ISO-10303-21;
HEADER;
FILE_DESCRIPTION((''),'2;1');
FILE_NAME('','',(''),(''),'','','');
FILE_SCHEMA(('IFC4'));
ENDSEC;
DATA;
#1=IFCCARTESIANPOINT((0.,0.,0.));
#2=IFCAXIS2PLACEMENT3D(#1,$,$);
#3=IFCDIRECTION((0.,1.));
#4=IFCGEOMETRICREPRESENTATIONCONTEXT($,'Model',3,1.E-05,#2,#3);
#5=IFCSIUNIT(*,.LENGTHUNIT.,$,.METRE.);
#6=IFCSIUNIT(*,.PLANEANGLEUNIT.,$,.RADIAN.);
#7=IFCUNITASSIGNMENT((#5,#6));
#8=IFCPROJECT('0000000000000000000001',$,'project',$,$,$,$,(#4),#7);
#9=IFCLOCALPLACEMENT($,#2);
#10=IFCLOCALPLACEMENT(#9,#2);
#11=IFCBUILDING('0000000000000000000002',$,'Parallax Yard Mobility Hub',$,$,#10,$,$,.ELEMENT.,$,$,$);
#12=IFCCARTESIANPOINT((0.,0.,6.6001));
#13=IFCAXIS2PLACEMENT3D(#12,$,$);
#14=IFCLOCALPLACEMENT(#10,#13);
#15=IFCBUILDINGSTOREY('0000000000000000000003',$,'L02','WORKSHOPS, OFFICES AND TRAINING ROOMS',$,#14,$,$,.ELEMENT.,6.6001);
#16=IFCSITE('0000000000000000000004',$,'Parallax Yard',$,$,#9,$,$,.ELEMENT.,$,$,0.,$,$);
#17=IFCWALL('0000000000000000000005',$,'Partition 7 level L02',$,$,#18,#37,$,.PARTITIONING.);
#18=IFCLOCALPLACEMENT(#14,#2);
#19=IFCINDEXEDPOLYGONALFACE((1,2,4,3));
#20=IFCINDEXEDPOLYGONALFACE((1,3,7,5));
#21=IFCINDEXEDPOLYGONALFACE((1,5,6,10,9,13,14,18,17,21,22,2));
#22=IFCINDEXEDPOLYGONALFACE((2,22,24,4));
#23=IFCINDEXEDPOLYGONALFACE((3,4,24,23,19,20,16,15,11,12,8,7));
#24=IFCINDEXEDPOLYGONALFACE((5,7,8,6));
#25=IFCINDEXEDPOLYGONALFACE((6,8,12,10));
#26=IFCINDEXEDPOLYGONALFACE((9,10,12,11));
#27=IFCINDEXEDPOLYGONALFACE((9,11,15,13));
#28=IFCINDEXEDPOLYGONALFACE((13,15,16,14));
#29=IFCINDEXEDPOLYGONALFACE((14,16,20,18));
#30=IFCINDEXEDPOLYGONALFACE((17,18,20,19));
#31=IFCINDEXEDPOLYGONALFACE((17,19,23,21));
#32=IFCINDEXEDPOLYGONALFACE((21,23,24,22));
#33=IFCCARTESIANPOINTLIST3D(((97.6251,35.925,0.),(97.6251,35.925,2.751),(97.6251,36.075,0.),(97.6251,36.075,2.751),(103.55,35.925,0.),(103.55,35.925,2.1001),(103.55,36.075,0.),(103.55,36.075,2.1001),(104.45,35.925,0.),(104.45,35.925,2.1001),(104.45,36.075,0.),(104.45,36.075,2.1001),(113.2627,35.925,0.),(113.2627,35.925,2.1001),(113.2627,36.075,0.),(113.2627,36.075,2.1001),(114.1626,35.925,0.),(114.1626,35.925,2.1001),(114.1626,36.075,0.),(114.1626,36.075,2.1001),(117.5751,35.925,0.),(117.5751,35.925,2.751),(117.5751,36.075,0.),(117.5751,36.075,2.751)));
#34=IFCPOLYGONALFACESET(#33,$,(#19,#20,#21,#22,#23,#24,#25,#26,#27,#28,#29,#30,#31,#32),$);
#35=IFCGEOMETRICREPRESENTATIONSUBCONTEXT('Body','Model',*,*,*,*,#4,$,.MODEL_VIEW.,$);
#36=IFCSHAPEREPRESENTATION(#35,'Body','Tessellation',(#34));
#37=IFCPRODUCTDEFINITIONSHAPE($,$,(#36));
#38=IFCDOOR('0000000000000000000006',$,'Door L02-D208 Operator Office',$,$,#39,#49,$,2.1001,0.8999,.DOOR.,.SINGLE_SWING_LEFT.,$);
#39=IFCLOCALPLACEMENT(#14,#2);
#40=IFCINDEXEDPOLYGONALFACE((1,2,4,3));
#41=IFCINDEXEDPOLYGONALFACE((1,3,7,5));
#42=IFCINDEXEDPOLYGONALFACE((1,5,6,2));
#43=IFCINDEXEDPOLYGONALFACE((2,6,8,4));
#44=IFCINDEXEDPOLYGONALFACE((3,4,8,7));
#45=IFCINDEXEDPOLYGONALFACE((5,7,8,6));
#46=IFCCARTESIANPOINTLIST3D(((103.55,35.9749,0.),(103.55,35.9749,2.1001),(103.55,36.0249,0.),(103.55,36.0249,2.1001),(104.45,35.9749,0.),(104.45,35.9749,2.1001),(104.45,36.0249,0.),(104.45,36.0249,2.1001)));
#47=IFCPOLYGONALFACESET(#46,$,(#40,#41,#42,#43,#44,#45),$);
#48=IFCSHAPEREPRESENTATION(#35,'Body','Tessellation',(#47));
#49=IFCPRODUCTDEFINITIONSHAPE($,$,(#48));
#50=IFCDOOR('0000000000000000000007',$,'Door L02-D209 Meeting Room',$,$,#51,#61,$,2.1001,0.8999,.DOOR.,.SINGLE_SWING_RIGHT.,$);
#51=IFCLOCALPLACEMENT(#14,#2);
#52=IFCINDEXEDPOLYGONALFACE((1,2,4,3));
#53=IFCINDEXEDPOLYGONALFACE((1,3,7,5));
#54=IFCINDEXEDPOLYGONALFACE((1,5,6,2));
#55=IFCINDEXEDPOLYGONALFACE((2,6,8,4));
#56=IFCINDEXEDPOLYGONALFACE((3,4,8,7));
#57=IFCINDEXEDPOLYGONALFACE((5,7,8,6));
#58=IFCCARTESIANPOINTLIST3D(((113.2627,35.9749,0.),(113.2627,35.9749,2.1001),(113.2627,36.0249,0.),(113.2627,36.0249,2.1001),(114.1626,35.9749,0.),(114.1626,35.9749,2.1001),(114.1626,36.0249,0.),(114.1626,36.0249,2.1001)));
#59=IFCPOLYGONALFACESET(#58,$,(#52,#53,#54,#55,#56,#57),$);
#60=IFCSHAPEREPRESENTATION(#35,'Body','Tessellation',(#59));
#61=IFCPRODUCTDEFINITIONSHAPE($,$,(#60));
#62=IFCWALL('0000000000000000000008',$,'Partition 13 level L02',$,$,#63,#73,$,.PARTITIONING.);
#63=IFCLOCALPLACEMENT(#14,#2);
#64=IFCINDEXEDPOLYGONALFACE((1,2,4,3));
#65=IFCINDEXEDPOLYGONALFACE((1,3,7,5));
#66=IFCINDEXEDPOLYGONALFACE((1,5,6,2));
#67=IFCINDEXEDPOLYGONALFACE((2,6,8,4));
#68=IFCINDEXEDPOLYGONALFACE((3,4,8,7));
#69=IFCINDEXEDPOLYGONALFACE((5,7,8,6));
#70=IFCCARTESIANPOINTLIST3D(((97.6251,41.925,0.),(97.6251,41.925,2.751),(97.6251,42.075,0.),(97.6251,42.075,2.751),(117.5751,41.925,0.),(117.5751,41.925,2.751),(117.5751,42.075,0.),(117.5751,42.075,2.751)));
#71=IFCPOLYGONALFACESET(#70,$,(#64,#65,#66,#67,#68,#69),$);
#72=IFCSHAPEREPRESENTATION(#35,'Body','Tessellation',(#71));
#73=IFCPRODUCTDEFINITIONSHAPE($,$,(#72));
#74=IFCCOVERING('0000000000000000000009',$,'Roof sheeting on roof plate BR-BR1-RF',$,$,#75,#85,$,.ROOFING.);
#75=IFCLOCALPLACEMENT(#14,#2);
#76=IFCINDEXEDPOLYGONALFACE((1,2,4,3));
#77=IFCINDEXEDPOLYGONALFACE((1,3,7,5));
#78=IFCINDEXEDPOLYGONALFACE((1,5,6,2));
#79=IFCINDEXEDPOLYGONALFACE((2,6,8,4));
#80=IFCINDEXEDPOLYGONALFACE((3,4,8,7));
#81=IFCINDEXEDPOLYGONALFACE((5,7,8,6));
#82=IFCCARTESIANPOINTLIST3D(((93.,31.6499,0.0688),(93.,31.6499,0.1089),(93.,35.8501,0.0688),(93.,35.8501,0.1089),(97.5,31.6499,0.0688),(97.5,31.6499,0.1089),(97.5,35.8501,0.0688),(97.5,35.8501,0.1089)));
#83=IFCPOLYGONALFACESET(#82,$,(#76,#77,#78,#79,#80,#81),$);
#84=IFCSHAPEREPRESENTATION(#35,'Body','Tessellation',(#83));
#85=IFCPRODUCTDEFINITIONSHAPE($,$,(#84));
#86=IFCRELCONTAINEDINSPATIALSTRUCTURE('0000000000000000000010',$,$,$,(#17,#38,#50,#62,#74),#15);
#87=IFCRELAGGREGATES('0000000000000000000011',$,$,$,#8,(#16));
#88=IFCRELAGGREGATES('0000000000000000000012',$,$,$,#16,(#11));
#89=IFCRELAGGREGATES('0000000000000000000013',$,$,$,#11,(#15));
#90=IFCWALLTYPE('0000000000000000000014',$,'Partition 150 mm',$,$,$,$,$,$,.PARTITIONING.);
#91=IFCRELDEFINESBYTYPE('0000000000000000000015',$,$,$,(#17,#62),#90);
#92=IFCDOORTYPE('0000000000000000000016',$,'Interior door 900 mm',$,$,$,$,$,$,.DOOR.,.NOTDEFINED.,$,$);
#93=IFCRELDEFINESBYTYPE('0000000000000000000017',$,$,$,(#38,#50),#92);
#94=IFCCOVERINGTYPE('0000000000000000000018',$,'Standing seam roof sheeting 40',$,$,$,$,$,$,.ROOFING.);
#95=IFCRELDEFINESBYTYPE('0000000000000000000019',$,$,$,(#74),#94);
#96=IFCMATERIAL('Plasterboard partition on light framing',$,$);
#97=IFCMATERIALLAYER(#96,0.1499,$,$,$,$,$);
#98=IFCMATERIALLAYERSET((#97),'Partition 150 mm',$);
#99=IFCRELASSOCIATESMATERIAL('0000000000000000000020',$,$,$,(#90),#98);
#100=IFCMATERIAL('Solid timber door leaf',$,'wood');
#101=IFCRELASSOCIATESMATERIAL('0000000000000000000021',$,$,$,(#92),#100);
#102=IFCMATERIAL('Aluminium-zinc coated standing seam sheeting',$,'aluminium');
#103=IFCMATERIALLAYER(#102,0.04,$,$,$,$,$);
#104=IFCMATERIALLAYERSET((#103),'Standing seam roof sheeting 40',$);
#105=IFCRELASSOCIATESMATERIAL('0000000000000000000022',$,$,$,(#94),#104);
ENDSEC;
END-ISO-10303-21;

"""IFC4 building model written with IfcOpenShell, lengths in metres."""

from ifc_helpers import new_model, si_unit, direction, frame, frame_2d, origin, place, context, subcontext, project, spatial, polyline, rectangle, outline, extrude, material, layer, layer_set, type_object, element, fill, save


model = new_model("IFC4")

# Units and contexts
model_context = context("Model", 3, precision=1e-05, world=origin(), true_north=direction((0.0, 1.0)))
body_context = subcontext(model_context, "Body", "Model", "MODEL_VIEW")
ifc_project = project(units=[si_unit("LENGTHUNIT", "METRE"), si_unit("PLANEANGLEUNIT", "RADIAN")], contexts=[model_context])

# Site, building, storey
site_placement = place(None, origin())
site = spatial("IfcSite", under=ifc_project, at=site_placement, Name="Parallax Yard", CompositionType="ELEMENT", RefElevation=0.0)
building_placement = place(site_placement, origin())
building = spatial("IfcBuilding", under=site, at=building_placement, Name="Parallax Yard Mobility Hub", CompositionType="ELEMENT")
storey_placement = place(building_placement, frame((0.0, 0.0, 6.6001)))
storey = spatial("IfcBuildingStorey", under=building, at=storey_placement, Name="L02", Description="WORKSHOPS, OFFICES AND TRAINING ROOMS", CompositionType="ELEMENT", Elevation=6.6001)

# Shared definitions
ifc_material_1 = material(Name="Plasterboard partition on light framing")
ifc_layer_1 = layer(ifc_material_1, 0.1499)
ifc_layer_set_1 = layer_set([ifc_layer_1], Name="Partition 150 mm")
wall_type_1 = type_object("IfcWallType", Name="Partition 150 mm", PredefinedType="PARTITIONING", material=ifc_layer_set_1)
ifc_material_2 = material(Name="Solid timber door leaf", Category="wood")

# Wall, openings, doors
wall_1_placement = place(storey_placement, frame((97.625, 36.0, 0.0), z_axis=(0.0, 0.0, 1.0), x_axis=(1.0, 0.0, 0.0)))
wall_1 = element("IfcWall", 1, at=wall_1_placement, inside=storey, type_object=wall_type_1, Name="Partition 7 level L02", PredefinedType="PARTITIONING", context=body_context, shape_type="SweptSolid", body=[
    extrude(rectangle(XDim=19.95, YDim=0.1499, at=frame_2d((9.9751, 0.0))), origin(), (0.0, 0.0, 1.0), 2.751),
])
opening_1_placement = place(wall_1_placement, frame((5.925, 0.0, 0.0)))
opening_1 = element("IfcOpeningElement", 2, at=opening_1_placement, cuts=wall_1, PredefinedType="OPENING", context=body_context, shape_type="SweptSolid", body=[
    extrude(rectangle(XDim=0.8999, YDim=2.1001, at=frame_2d((0.45, 1.05))), frame((0.0, 0.085, 0.0), z_axis=(0.0, -1.0, 0.0), x_axis=(1.0, 0.0, 0.0)), (0.0, 0.0, 1.0), 0.1699),
])
opening_2_placement = place(wall_1_placement, frame((15.6377, 0.0, 0.0)))
opening_2 = element("IfcOpeningElement", 3, at=opening_2_placement, cuts=wall_1, PredefinedType="OPENING", context=body_context, shape_type="SweptSolid", body=[
    extrude(rectangle(XDim=0.8999, YDim=2.1001, at=frame_2d((0.45, 1.05))), frame((0.0, 0.085, 0.0), z_axis=(0.0, -1.0, 0.0), x_axis=(1.0, 0.0, 0.0)), (0.0, 0.0, 1.0), 0.1699),
])
door_type_1 = type_object("IfcDoorType", Name="Interior door 900 mm", OperationType="NOTDEFINED", PredefinedType="DOOR", material=ifc_material_2)
door_1_placement = place(opening_1_placement, origin())
door_1 = element("IfcDoor", 4, at=door_1_placement, inside=storey, type_object=door_type_1, Name="Door L02-D208 Operator Office", OperationType="SINGLE_SWING_LEFT", OverallHeight=2.1001, OverallWidth=0.8999, PredefinedType="DOOR", context=body_context, shape_type="SweptSolid", body=[
    extrude(rectangle(XDim=0.8999, YDim=2.1001, at=frame_2d((0.45, 1.05))), frame((0.0, 0.0249, 0.0), z_axis=(0.0, -1.0, 0.0), x_axis=(1.0, 0.0, 0.0)), (0.0, 0.0, 1.0), 0.05),
])
fill(opening_1, door_1)
door_2_placement = place(opening_2_placement, origin())
door_2 = element("IfcDoor", 5, at=door_2_placement, inside=storey, type_object=door_type_1, Name="Door L02-D209 Meeting Room", OperationType="SINGLE_SWING_RIGHT", OverallHeight=2.1001, OverallWidth=0.8999, PredefinedType="DOOR", context=body_context, shape_type="SweptSolid", body=[
    extrude(rectangle(XDim=0.8999, YDim=2.1001, at=frame_2d((0.45, 1.05))), frame((0.0, 0.0249, 0.0), z_axis=(0.0, -1.0, 0.0), x_axis=(1.0, 0.0, 0.0)), (0.0, 0.0, 1.0), 0.05),
])
fill(opening_2, door_2)

# Wall
wall_2_placement = place(storey_placement, frame((97.625, 42.0, 0.0), z_axis=(0.0, 0.0, 1.0), x_axis=(1.0, 0.0, 0.0)))
element("IfcWall", 6, at=wall_2_placement, inside=storey, type_object=wall_type_1, Name="Partition 13 level L02", PredefinedType="PARTITIONING", context=body_context, shape_type="SweptSolid", body=[
    extrude(rectangle(XDim=19.95, YDim=0.1499, at=frame_2d((9.9751, 0.0))), origin(), (0.0, 0.0, 1.0), 2.751),
])

# Covering
ifc_material_3 = material(Name="Aluminium-zinc coated standing seam sheeting", Category="aluminium")
ifc_layer_2 = layer(ifc_material_3, 0.04)
ifc_layer_set_2 = layer_set([ifc_layer_2], Name="Standing seam roof sheeting 40")
covering_type = type_object("IfcCoveringType", Name="Standing seam roof sheeting 40", PredefinedType="ROOFING", material=ifc_layer_set_2)
covering_placement = place(storey_placement, frame((93.0, 31.6499, 0.1089), z_axis=(0.0, 0.0, 1.0), x_axis=(1.0, 0.0, 0.0)))
element("IfcCovering", 7, at=covering_placement, inside=storey, type_object=covering_type, Name="Roof sheeting on roof plate BR-BR1-RF", PredefinedType="ROOFING", context=body_context, shape_type="SweptSolid", body=[
    extrude(outline(polyline([(0.0, 0.0), (4.5, 0.0), (4.5, 4.2002), (0.0, 4.2002), (0.0, 0.0)])), origin(), (0.0, 0.0, -1.0), 0.04),
])

save(model, "model.ifc")
